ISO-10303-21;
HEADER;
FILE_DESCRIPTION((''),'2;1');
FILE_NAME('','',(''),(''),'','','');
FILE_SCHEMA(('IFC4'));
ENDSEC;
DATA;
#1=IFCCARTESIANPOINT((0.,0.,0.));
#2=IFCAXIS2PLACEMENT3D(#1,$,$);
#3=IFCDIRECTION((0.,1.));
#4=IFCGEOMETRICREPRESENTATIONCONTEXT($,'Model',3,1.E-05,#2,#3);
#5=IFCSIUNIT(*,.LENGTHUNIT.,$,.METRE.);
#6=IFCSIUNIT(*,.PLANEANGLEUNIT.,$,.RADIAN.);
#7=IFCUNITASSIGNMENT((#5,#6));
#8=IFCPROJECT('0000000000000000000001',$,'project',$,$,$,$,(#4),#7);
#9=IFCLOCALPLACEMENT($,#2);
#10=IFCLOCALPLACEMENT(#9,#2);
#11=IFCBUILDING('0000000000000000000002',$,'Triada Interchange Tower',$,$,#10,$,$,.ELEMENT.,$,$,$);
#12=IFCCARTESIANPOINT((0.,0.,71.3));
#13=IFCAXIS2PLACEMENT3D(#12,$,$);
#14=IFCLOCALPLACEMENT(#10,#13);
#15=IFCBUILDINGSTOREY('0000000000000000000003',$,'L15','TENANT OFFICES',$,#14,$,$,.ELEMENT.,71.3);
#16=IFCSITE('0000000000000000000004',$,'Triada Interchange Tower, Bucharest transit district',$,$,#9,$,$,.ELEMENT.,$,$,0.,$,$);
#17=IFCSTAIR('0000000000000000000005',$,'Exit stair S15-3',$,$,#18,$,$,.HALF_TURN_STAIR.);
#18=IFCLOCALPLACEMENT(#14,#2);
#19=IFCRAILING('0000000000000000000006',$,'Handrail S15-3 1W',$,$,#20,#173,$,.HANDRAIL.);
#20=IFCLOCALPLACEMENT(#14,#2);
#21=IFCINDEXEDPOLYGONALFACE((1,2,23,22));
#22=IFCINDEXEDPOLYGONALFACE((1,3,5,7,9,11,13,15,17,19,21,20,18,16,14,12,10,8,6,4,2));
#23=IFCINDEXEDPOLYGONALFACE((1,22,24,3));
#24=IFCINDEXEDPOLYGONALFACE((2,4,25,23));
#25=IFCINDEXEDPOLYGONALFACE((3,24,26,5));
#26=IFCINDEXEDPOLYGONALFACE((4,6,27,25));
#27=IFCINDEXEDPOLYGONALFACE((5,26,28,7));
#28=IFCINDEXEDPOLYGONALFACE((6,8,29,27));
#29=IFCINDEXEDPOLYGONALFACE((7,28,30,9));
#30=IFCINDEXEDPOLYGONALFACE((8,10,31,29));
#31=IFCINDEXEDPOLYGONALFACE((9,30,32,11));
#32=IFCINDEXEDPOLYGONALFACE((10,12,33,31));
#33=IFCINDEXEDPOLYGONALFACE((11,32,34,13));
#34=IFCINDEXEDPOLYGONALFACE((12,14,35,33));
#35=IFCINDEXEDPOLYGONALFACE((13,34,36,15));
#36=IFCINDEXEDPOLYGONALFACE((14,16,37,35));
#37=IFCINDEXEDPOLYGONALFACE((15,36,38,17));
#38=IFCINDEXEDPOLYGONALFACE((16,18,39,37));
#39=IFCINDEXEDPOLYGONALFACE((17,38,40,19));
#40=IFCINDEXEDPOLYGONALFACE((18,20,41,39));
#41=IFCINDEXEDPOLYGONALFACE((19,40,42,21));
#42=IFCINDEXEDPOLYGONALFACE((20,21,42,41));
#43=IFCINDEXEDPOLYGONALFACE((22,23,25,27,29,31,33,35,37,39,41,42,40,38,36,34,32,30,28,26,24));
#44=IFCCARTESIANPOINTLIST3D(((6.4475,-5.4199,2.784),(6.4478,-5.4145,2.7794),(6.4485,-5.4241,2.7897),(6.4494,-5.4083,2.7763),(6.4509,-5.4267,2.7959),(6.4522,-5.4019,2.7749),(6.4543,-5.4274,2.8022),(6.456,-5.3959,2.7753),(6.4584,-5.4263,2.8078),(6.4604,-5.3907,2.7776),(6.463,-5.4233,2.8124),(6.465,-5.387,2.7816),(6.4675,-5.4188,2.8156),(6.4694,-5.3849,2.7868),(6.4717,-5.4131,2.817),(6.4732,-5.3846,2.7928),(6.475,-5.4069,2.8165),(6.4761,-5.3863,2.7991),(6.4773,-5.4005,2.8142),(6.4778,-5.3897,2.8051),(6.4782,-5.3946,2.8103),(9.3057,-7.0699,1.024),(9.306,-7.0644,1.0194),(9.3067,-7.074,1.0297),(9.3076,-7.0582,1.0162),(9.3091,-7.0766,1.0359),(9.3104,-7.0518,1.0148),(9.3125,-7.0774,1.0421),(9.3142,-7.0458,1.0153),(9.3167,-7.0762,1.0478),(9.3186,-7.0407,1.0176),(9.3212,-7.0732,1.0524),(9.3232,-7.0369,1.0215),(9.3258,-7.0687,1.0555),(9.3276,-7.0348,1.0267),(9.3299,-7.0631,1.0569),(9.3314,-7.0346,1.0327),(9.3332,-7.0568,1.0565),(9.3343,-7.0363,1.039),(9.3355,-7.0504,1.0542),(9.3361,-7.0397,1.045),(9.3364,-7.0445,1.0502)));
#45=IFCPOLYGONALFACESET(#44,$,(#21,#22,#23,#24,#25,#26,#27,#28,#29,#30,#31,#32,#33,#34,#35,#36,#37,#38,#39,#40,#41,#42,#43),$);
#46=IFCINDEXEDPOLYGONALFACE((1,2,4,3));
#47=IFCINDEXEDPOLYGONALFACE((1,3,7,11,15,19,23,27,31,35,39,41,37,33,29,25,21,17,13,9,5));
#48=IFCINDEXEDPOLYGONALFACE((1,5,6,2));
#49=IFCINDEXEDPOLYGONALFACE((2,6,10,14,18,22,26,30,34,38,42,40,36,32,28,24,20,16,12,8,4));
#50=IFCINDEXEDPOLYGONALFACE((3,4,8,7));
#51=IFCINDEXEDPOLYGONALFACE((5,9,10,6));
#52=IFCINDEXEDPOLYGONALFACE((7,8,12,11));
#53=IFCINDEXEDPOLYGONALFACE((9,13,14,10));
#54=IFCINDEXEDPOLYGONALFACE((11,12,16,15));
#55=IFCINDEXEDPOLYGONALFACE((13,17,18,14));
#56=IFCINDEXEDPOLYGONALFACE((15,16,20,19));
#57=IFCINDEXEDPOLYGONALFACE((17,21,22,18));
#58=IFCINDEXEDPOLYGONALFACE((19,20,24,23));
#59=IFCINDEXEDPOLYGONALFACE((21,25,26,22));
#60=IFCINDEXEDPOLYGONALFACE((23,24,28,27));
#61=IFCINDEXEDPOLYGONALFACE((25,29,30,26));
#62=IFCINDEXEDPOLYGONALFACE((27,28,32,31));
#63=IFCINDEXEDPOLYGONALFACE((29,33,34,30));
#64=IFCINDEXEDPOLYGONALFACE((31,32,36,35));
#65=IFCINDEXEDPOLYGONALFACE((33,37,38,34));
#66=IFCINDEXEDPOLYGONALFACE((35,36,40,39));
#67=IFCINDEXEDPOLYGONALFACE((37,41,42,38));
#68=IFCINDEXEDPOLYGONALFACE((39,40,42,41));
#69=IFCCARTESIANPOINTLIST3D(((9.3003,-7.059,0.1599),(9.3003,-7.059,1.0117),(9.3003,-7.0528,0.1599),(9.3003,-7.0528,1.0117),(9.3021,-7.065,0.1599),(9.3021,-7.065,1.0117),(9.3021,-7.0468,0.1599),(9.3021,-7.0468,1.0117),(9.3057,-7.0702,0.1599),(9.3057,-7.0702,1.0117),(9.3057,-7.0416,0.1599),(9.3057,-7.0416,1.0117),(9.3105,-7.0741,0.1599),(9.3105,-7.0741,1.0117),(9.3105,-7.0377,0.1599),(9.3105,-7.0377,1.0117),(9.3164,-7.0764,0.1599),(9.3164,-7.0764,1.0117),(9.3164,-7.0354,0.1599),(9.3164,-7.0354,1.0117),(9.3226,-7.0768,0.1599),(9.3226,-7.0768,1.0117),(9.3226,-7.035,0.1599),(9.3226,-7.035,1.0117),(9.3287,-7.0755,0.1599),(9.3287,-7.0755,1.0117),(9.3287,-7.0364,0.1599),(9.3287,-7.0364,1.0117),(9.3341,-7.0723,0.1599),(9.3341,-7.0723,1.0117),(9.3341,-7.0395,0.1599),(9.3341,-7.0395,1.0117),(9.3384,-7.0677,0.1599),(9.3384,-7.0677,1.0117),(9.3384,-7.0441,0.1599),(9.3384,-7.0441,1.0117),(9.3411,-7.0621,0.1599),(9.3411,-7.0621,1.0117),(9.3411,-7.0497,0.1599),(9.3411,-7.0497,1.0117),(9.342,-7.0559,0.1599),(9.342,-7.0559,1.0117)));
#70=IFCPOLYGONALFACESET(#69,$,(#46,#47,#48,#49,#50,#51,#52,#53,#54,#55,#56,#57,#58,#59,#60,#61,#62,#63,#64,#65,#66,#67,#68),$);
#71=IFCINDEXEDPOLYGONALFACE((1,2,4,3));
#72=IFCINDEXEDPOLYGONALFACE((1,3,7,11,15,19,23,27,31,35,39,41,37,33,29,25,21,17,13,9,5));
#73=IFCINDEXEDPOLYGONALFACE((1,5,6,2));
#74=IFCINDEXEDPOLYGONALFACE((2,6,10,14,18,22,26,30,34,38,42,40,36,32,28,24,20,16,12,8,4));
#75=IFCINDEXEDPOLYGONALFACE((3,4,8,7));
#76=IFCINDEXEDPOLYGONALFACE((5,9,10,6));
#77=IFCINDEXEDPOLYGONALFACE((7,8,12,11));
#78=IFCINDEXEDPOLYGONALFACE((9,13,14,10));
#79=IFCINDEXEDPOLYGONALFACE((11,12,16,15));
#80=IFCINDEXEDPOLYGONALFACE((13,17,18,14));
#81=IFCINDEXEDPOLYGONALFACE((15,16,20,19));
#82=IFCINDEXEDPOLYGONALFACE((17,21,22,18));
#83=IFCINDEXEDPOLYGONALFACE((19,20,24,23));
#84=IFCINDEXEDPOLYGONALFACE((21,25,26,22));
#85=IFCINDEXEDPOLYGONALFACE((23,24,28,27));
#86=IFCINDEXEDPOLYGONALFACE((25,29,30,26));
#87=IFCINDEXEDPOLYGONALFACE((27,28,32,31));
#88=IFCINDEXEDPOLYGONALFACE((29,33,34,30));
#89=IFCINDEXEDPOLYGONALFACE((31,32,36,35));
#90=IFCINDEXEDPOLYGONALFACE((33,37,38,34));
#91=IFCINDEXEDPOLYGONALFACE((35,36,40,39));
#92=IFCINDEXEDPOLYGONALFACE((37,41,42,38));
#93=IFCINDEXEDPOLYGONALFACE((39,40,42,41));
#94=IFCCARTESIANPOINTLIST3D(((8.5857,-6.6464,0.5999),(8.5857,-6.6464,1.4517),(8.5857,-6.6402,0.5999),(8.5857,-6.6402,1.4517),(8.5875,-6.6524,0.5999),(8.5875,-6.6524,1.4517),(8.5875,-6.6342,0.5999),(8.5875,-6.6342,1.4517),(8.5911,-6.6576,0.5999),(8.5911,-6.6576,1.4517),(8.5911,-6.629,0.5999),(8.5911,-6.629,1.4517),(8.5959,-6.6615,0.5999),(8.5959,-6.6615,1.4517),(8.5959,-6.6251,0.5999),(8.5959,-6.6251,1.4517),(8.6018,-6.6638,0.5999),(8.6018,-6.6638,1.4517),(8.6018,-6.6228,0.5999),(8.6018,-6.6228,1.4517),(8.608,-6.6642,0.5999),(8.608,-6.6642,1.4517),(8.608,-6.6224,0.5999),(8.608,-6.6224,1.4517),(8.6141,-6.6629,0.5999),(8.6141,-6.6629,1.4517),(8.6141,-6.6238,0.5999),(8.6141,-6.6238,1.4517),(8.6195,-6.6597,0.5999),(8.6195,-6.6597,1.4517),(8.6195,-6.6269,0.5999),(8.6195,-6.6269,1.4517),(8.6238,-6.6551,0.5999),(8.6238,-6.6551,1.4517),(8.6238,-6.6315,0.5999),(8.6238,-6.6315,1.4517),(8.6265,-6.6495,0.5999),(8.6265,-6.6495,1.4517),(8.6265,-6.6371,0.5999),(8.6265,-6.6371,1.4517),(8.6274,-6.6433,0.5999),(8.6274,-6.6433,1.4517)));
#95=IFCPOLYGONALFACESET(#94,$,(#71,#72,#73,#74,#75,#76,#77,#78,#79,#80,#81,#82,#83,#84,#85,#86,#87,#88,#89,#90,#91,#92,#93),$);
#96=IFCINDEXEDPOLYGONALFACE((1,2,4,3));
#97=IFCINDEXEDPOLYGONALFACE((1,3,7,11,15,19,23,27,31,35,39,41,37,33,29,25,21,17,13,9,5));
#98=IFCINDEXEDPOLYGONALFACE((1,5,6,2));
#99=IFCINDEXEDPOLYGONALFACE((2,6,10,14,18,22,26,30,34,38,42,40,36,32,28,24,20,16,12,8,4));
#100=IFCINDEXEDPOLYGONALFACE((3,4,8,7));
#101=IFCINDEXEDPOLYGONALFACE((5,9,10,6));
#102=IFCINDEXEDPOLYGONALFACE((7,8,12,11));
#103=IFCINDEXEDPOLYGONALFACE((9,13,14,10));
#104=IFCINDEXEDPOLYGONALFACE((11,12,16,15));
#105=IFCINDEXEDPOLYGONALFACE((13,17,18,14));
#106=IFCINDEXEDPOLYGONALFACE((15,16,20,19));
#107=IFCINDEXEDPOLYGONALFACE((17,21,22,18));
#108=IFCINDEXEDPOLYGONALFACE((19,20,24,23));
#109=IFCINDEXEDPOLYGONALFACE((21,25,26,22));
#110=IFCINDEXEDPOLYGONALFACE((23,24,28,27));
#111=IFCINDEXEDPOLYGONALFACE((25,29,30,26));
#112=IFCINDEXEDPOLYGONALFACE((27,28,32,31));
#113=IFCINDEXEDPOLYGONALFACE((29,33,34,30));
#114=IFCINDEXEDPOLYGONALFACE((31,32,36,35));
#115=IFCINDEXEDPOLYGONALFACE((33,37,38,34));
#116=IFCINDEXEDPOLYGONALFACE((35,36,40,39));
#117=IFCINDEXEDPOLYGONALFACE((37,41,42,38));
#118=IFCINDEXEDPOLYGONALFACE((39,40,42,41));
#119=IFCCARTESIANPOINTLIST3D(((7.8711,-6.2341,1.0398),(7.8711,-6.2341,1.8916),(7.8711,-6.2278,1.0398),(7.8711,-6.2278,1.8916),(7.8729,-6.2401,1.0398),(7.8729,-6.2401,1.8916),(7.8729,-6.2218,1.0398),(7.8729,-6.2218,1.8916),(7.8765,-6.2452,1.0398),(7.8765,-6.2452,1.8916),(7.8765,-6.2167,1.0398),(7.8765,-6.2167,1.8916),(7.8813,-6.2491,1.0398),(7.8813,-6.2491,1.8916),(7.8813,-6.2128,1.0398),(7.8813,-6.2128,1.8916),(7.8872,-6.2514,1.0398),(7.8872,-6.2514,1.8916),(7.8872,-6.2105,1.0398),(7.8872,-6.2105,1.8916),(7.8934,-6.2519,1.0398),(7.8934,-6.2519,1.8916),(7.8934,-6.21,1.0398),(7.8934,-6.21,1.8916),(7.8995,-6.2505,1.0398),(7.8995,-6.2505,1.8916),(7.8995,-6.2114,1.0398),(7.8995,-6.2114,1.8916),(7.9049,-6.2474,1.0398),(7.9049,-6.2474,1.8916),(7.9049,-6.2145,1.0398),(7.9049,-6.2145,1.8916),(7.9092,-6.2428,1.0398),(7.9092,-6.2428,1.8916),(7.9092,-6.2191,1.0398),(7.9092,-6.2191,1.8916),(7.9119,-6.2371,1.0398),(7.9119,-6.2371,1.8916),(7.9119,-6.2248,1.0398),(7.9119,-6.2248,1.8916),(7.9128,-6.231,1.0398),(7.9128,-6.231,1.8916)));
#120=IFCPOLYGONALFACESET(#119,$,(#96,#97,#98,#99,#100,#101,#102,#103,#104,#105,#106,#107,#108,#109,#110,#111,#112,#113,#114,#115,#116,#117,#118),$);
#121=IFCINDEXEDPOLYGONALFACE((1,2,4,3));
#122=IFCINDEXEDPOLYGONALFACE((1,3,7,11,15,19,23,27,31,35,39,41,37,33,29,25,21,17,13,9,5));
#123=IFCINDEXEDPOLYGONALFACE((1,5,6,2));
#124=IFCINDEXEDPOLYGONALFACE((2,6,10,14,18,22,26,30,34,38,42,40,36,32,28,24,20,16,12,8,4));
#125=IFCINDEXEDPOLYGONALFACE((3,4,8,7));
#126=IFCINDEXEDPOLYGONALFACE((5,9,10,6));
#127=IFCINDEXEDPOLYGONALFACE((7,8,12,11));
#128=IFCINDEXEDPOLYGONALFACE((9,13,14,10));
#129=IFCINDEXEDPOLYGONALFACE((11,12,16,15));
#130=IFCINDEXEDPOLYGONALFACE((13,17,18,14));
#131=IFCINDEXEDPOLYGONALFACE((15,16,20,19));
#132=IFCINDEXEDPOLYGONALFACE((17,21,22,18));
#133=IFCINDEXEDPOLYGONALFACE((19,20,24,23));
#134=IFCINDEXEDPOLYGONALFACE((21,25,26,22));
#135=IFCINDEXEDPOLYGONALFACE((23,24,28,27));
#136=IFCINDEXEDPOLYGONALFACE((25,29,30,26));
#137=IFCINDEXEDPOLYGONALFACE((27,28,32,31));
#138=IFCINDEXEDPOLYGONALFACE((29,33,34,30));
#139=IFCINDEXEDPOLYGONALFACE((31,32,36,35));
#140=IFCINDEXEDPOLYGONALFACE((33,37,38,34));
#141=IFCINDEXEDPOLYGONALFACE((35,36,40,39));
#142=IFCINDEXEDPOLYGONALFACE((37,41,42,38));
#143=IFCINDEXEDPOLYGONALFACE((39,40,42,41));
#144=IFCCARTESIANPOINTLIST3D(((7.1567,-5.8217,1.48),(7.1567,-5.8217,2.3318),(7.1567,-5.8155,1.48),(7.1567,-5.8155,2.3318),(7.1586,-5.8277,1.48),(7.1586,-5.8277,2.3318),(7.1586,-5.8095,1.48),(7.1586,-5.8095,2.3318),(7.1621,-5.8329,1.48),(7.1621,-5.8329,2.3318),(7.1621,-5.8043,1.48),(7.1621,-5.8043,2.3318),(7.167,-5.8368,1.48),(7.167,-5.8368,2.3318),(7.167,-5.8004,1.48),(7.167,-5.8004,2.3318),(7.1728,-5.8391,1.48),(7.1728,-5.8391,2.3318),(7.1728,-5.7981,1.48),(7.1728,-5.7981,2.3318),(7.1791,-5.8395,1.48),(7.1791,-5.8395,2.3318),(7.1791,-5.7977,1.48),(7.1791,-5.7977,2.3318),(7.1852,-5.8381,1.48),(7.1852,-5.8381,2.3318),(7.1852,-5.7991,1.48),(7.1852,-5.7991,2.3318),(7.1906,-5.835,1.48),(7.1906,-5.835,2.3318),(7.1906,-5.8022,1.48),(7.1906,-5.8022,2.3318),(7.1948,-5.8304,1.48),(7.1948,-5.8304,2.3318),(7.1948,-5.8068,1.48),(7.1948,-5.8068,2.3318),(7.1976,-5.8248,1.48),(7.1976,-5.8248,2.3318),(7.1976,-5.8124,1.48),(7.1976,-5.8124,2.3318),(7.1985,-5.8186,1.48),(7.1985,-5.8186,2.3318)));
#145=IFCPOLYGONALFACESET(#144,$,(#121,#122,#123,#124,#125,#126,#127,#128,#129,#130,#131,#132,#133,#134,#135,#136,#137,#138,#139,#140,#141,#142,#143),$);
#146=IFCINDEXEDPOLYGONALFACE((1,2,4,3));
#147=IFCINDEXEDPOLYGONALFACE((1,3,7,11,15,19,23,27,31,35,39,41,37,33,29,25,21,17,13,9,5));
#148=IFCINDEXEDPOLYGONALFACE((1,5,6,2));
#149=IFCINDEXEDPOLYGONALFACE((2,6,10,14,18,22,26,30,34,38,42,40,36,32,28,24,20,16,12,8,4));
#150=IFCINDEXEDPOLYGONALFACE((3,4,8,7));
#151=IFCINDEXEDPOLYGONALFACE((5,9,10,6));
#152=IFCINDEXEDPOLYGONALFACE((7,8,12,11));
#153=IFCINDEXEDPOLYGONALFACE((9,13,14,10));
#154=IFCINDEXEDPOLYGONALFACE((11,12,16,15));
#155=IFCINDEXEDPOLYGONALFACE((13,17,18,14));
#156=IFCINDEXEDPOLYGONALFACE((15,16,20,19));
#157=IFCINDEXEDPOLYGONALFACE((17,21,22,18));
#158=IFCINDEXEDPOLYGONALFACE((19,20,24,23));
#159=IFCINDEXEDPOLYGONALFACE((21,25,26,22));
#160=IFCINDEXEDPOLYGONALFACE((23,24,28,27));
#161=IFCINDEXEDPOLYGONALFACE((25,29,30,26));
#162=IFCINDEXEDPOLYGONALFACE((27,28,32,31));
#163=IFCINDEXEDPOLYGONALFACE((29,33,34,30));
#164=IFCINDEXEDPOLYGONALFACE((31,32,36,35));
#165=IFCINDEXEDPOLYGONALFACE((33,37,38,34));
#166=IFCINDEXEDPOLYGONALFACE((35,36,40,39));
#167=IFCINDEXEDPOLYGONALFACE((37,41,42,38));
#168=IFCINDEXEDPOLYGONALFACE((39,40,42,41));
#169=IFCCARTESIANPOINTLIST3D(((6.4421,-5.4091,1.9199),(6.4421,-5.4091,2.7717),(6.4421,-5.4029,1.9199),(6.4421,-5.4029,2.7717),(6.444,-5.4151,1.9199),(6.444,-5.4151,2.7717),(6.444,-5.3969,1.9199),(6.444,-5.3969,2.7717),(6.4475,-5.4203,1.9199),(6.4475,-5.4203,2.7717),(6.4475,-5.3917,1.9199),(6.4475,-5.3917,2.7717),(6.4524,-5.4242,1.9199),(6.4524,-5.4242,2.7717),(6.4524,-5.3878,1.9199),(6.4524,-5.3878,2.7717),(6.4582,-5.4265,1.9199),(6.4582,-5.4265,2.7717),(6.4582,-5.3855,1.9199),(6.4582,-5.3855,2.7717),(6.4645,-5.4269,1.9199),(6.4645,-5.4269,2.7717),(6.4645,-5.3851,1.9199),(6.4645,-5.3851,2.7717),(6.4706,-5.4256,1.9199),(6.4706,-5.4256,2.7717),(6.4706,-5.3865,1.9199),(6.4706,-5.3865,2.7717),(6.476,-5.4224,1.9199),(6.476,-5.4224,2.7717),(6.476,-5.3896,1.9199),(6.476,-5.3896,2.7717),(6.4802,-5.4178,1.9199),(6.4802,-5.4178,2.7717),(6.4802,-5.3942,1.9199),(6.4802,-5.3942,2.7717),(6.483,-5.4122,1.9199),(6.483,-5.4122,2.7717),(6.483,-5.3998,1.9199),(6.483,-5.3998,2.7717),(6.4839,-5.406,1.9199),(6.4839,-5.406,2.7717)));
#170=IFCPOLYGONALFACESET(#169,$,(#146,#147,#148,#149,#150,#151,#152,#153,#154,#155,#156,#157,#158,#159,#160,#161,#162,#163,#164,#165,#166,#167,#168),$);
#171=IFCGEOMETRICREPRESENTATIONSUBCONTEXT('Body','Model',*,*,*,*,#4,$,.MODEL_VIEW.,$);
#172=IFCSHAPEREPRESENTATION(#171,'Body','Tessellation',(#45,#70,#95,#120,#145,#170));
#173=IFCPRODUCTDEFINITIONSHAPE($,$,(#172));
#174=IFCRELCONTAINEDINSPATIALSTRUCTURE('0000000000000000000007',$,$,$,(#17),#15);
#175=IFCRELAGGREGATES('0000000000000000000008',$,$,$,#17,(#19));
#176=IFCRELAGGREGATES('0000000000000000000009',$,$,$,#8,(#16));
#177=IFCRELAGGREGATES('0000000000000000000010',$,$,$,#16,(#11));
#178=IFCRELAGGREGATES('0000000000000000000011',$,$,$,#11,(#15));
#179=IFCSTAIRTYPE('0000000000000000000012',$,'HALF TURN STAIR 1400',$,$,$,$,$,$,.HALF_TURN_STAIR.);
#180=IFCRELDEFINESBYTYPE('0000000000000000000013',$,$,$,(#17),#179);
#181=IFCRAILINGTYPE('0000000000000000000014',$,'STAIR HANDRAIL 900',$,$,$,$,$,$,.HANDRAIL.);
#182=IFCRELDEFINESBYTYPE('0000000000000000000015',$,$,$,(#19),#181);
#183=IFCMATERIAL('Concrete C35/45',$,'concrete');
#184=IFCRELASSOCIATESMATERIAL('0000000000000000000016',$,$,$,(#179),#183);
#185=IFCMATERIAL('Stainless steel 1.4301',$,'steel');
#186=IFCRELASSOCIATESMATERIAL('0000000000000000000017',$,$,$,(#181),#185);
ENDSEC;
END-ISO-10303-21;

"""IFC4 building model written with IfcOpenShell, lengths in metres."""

from ifc_helpers import new_model, si_unit, direction, frame, origin, origin_2d, place, context, subcontext, project, spatial, circle, extrude, material, type_object, element, aggregate, save


model = new_model("IFC4")

# Units and contexts
model_context = context("Model", 3, precision=1e-05, world=origin(), true_north=direction((0.0, 1.0)))
body_context = subcontext(model_context, "Body", "Model", "MODEL_VIEW")
ifc_project = project(units=[si_unit("LENGTHUNIT", "METRE"), si_unit("PLANEANGLEUNIT", "RADIAN")], contexts=[model_context])

# Site, building, storey
site_placement = place(None, origin())
site = spatial("IfcSite", under=ifc_project, at=site_placement, Name="Triada Interchange Tower, Bucharest transit district", CompositionType="ELEMENT", RefElevation=0.0)
building_placement = place(site_placement, origin())
building = spatial("IfcBuilding", under=site, at=building_placement, Name="Triada Interchange Tower", CompositionType="ELEMENT")
storey_placement = place(building_placement, frame((0.0, 0.0, 71.3)))
storey = spatial("IfcBuildingStorey", under=building, at=storey_placement, Name="L15", Description="TENANT OFFICES", CompositionType="ELEMENT", Elevation=71.3)

# Stair, railing
ifc_material_1 = material(Name="Concrete C35/45", Category="concrete")
stair_type = type_object("IfcStairType", Name="HALF TURN STAIR 1400", PredefinedType="HALF_TURN_STAIR", material=ifc_material_1)
stair_placement = place(storey_placement, origin())
stair = element("IfcStair", 1, at=stair_placement, inside=storey, type_object=stair_type, Name="Exit stair S15-3", PredefinedType="HALF_TURN_STAIR")
ifc_material_2 = material(Name="Stainless steel 1.4301", Category="steel")
railing_type = type_object("IfcRailingType", Name="STAIR HANDRAIL 900", PredefinedType="HANDRAIL", material=ifc_material_2)
railing_1_placement = place(storey_placement, frame((9.321, -7.0559, 0.1599)))
railing_1 = element("IfcRailing", 2, at=railing_1_placement, type_object=railing_type, Name="Handrail S15-3 1W", PredefinedType="HANDRAIL", context=body_context, shape_type="SweptSolid", body=[
    extrude(circle(Radius=0.0239, at=origin_2d()), frame((0.0, 0.0, 0.876), z_axis=(-0.764178, 0.441131, 0.47057), x_axis=(-0.499942, -0.866059, 0.0)), (0.0, 0.0, 1.0), 3.7402),
    extrude(circle(Radius=0.021, at=origin_2d()), origin(), (0.0, 0.0, 1.0), 0.8518),
    extrude(circle(Radius=0.021, at=origin_2d()), frame((-0.7146, 0.4126, 0.4399)), (0.0, 0.0, 1.0), 0.8518),
    extrude(circle(Radius=0.021, at=origin_2d()), frame((-1.4292, 0.825, 0.8799)), (0.0, 0.0, 1.0), 0.8518),
    extrude(circle(Radius=0.021, at=origin_2d()), frame((-2.1436, 1.2373, 1.3201)), (0.0, 0.0, 1.0), 0.8518),
    extrude(circle(Radius=0.021, at=origin_2d()), frame((-2.8582, 1.6499, 1.76)), (0.0, 0.0, 1.0), 0.8518),
])
aggregate(stair, [railing_1])

save(model, "model.ifc")
